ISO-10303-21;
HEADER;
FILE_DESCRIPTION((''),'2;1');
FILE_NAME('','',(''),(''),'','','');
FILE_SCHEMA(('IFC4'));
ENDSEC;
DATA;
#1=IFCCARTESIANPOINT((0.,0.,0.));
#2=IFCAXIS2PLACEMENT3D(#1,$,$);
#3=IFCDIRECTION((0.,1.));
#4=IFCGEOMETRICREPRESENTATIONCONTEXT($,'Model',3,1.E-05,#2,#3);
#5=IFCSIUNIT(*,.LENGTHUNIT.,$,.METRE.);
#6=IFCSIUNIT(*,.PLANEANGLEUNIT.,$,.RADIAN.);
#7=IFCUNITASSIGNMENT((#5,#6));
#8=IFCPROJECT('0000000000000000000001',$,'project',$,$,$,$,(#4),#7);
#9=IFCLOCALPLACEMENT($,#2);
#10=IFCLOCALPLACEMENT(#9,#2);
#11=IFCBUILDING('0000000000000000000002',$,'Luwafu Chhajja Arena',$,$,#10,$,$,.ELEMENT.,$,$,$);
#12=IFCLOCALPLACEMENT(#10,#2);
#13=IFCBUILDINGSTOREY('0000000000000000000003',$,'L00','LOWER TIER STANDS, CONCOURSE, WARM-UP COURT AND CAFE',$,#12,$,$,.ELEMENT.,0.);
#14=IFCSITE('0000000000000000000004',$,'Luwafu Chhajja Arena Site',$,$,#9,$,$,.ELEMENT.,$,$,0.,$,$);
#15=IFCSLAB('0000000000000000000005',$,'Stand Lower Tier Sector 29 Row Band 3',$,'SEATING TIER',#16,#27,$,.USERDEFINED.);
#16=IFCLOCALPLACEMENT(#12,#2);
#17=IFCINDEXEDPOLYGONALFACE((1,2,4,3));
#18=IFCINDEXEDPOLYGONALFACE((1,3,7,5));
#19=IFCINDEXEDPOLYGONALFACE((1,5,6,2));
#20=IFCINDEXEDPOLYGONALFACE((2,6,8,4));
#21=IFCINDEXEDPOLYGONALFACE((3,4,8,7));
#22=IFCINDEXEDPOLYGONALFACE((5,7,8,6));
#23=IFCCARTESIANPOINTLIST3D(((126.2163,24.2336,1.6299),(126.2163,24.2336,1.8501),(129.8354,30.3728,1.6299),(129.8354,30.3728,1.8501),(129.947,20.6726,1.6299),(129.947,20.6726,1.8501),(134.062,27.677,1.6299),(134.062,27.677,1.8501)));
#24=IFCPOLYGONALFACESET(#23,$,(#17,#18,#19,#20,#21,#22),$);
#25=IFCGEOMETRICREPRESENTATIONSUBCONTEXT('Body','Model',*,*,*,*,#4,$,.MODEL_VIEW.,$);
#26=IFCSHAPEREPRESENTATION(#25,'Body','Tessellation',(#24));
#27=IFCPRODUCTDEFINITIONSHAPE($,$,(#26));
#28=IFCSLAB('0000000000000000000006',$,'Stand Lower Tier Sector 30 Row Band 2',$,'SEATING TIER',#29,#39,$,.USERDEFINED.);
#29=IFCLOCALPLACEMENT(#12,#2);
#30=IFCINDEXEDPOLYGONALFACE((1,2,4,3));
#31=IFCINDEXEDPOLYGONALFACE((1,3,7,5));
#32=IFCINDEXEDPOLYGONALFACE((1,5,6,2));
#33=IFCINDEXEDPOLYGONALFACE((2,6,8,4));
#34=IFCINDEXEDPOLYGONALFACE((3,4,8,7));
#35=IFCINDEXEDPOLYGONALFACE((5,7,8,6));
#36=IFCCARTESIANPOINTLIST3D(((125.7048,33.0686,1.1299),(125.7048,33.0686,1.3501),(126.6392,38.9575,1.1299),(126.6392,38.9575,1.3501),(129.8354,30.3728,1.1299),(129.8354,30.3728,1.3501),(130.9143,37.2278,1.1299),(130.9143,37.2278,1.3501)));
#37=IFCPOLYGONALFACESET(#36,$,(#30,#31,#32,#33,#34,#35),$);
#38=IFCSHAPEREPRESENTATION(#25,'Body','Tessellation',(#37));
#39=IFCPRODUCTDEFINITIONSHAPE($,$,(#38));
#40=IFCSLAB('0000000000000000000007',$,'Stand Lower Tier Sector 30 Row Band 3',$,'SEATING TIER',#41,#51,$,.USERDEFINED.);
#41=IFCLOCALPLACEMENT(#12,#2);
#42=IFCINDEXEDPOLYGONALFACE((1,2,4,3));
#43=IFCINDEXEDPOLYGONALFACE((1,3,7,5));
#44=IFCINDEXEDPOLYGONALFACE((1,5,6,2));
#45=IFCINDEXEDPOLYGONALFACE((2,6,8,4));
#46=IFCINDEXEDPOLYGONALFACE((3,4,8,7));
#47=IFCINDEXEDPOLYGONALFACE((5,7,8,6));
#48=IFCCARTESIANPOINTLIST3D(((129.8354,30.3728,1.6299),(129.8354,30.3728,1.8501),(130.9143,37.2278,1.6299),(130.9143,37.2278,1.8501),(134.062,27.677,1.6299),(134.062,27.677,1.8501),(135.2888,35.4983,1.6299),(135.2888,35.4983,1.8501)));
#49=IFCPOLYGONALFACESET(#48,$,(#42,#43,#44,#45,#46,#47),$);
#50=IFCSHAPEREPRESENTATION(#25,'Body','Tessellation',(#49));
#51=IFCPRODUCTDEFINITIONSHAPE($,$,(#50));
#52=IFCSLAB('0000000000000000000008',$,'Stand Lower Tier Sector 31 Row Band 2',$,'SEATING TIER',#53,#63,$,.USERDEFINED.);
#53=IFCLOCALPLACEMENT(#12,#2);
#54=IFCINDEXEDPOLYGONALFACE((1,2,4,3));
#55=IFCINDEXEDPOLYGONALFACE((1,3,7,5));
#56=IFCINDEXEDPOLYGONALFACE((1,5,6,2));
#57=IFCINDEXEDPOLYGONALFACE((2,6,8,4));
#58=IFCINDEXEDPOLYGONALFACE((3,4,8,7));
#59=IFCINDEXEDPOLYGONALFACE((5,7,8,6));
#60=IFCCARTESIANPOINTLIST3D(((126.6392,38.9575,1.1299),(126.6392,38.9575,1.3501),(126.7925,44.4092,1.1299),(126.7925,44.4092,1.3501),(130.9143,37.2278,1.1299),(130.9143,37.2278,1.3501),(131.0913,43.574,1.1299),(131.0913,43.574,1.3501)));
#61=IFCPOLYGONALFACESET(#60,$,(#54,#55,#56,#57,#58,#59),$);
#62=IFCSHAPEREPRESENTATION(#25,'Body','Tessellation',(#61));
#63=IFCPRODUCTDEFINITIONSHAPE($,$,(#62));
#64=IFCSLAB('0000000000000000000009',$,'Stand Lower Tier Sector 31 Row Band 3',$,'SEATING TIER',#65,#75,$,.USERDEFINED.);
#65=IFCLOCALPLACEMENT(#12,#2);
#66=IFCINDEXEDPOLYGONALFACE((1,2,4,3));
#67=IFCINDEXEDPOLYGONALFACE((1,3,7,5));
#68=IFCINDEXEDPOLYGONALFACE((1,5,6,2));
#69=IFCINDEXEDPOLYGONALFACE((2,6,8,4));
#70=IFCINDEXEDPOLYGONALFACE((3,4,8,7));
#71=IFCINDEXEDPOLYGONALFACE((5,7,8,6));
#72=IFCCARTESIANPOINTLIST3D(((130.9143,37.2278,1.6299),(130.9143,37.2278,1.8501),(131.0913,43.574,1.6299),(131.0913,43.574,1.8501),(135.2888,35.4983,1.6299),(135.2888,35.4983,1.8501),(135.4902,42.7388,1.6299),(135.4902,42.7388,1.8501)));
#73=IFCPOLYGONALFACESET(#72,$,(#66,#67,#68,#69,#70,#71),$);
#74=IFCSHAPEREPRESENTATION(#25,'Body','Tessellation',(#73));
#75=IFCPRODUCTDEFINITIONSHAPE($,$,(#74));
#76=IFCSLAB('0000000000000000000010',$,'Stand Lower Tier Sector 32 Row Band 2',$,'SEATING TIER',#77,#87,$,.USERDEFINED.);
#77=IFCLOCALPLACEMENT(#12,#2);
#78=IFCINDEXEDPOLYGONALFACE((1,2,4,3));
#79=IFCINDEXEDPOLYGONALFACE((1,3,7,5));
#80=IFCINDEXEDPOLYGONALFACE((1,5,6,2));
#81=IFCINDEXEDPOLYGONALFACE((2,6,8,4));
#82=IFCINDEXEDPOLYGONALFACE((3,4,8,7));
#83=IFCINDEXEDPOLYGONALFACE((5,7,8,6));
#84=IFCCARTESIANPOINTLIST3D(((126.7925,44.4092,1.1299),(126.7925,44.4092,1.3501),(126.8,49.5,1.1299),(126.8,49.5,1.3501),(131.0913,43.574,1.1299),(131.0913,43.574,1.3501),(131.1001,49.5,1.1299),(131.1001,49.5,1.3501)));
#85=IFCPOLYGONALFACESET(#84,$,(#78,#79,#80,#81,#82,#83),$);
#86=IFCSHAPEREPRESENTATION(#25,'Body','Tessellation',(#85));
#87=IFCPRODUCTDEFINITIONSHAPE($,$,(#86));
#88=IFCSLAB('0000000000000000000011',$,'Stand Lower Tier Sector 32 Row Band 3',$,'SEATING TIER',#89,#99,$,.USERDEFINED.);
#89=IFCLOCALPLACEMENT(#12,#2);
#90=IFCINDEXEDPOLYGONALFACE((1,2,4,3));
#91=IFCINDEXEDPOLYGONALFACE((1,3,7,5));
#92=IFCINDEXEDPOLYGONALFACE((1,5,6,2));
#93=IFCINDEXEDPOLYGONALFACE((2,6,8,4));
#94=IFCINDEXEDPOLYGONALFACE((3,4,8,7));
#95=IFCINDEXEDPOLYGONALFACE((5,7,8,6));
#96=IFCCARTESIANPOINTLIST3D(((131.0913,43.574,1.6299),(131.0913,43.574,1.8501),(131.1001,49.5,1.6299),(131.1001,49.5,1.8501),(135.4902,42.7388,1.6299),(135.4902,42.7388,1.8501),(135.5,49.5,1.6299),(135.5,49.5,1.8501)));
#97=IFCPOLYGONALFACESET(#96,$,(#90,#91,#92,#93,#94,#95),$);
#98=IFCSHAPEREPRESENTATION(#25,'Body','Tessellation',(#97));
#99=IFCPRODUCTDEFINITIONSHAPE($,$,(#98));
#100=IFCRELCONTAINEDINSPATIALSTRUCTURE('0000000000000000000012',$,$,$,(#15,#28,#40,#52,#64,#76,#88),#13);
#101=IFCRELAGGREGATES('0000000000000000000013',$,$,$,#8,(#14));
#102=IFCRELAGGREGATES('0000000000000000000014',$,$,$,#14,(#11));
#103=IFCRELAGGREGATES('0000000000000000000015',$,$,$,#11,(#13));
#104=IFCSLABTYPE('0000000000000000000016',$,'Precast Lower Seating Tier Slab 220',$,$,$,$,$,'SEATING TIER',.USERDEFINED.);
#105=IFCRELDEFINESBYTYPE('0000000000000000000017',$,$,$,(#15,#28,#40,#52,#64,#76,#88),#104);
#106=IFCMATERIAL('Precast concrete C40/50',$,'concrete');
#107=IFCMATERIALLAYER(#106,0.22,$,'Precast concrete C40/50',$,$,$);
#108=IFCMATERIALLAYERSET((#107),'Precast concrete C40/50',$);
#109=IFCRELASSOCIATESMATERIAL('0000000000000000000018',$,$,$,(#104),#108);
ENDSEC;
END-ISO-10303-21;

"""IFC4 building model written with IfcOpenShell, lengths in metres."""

from ifc_helpers import new_model, si_unit, direction, frame, origin, place, context, subcontext, project, spatial, polyline, outline, extrude, material, layer, layer_set, type_object, element, save


model = new_model("IFC4")

# Units and contexts
model_context = context("Model", 3, precision=1e-05, world=origin(), true_north=direction((0.0, 1.0)))
body_context = subcontext(model_context, "Body", "Model", "MODEL_VIEW")
ifc_project = project(units=[si_unit("LENGTHUNIT", "METRE"), si_unit("PLANEANGLEUNIT", "RADIAN")], contexts=[model_context])

# Site, building, storey
site_placement = place(None, origin())
site = spatial("IfcSite", under=ifc_project, at=site_placement, Name="Luwafu Chhajja Arena Site", CompositionType="ELEMENT", RefElevation=0.0)
building_placement = place(site_placement, origin())
building = spatial("IfcBuilding", under=site, at=building_placement, Name="Luwafu Chhajja Arena", CompositionType="ELEMENT")
storey_placement = place(building_placement, origin())
storey = spatial("IfcBuildingStorey", under=building, at=storey_placement, Name="L00", Description="LOWER TIER STANDS, CONCOURSE, WARM-UP COURT AND CAFE", CompositionType="ELEMENT", Elevation=0.0)

# Slabs
ifc_material_1 = material(Name="Precast concrete C40/50", Category="concrete")
ifc_layer_1 = layer(ifc_material_1, 0.22, Name="Precast concrete C40/50")
ifc_layer_set_1 = layer_set([ifc_layer_1], Name="Precast concrete C40/50")
slab_type_1 = type_object("IfcSlabType", Name="Precast Lower Seating Tier Slab 220", ElementType="SEATING TIER", PredefinedType="USERDEFINED", material=ifc_layer_set_1)
slab_1_placement = place(storey_placement, frame((0.0, 0.0, 1.6299)))
element("IfcSlab", 1, at=slab_1_placement, inside=storey, type_object=slab_type_1, Name="Stand Lower Tier Sector 29 Row Band 3", ObjectType="SEATING TIER", PredefinedType="USERDEFINED", context=body_context, shape_type="SweptSolid", body=[
    extrude(outline(polyline([(126.2163, 24.2336), (129.8354, 30.3728), (134.062, 27.677), (129.947, 20.6726), (126.2163, 24.2336)])), origin(), (0.0, 0.0, 1.0), 0.2202),
])
slab_2_placement = place(storey_placement, frame((0.0, 0.0, 1.1299)))
element("IfcSlab", 2, at=slab_2_placement, inside=storey, type_object=slab_type_1, Name="Stand Lower Tier Sector 30 Row Band 2", ObjectType="SEATING TIER", PredefinedType="USERDEFINED", context=body_context, shape_type="SweptSolid", body=[
    extrude(outline(polyline([(125.7048, 33.0686), (126.6392, 38.9575), (130.9143, 37.2278), (129.8354, 30.3728), (125.7048, 33.0686)])), origin(), (0.0, 0.0, 1.0), 0.2202),
])
slab_3_placement = place(storey_placement, frame((0.0, 0.0, 1.6299)))
element("IfcSlab", 3, at=slab_3_placement, inside=storey, type_object=slab_type_1, Name="Stand Lower Tier Sector 30 Row Band 3", ObjectType="SEATING TIER", PredefinedType="USERDEFINED", context=body_context, shape_type="SweptSolid", body=[
    extrude(outline(polyline([(129.8354, 30.3728), (130.9143, 37.2278), (135.2888, 35.4983), (134.062, 27.677), (129.8354, 30.3728)])), origin(), (0.0, 0.0, 1.0), 0.2202),
])
slab_4_placement = place(storey_placement, frame((0.0, 0.0, 1.1299)))
element("IfcSlab", 4, at=slab_4_placement, inside=storey, type_object=slab_type_1, Name="Stand Lower Tier Sector 31 Row Band 2", ObjectType="SEATING TIER", PredefinedType="USERDEFINED", context=body_context, shape_type="SweptSolid", body=[
    extrude(outline(polyline([(126.6392, 38.9575), (126.7925, 44.4092), (131.0913, 43.574), (130.9143, 37.2278), (126.6392, 38.9575)])), origin(), (0.0, 0.0, 1.0), 0.2202),
])
slab_5_placement = place(storey_placement, frame((0.0, 0.0, 1.6299)))
element("IfcSlab", 5, at=slab_5_placement, inside=storey, type_object=slab_type_1, Name="Stand Lower Tier Sector 31 Row Band 3", ObjectType="SEATING TIER", PredefinedType="USERDEFINED", context=body_context, shape_type="SweptSolid", body=[
    extrude(outline(polyline([(130.9143, 37.2278), (131.0913, 43.574), (135.4902, 42.7388), (135.2888, 35.4983), (130.9143, 37.2278)])), origin(), (0.0, 0.0, 1.0), 0.2202),
])
slab_6_placement = place(storey_placement, frame((0.0, 0.0, 1.1299)))
element("IfcSlab", 6, at=slab_6_placement, inside=storey, type_object=slab_type_1, Name="Stand Lower Tier Sector 32 Row Band 2", ObjectType="SEATING TIER", PredefinedType="USERDEFINED", context=body_context, shape_type="SweptSolid", body=[
    extrude(outline(polyline([(126.7925, 44.4092), (126.8, 49.5), (131.1001, 49.5), (131.0913, 43.574), (126.7925, 44.4092)])), origin(), (0.0, 0.0, 1.0), 0.2202),
])
slab_7_placement = place(storey_placement, frame((0.0, 0.0, 1.6299)))
element("IfcSlab", 7, at=slab_7_placement, inside=storey, type_object=slab_type_1, Name="Stand Lower Tier Sector 32 Row Band 3", ObjectType="SEATING TIER", PredefinedType="USERDEFINED", context=body_context, shape_type="SweptSolid", body=[
    extrude(outline(polyline([(131.0913, 43.574), (131.1001, 49.5), (135.5, 49.5), (135.4902, 42.7388), (131.0913, 43.574)])), origin(), (0.0, 0.0, 1.0), 0.2202),
])

save(model, "model.ifc")
